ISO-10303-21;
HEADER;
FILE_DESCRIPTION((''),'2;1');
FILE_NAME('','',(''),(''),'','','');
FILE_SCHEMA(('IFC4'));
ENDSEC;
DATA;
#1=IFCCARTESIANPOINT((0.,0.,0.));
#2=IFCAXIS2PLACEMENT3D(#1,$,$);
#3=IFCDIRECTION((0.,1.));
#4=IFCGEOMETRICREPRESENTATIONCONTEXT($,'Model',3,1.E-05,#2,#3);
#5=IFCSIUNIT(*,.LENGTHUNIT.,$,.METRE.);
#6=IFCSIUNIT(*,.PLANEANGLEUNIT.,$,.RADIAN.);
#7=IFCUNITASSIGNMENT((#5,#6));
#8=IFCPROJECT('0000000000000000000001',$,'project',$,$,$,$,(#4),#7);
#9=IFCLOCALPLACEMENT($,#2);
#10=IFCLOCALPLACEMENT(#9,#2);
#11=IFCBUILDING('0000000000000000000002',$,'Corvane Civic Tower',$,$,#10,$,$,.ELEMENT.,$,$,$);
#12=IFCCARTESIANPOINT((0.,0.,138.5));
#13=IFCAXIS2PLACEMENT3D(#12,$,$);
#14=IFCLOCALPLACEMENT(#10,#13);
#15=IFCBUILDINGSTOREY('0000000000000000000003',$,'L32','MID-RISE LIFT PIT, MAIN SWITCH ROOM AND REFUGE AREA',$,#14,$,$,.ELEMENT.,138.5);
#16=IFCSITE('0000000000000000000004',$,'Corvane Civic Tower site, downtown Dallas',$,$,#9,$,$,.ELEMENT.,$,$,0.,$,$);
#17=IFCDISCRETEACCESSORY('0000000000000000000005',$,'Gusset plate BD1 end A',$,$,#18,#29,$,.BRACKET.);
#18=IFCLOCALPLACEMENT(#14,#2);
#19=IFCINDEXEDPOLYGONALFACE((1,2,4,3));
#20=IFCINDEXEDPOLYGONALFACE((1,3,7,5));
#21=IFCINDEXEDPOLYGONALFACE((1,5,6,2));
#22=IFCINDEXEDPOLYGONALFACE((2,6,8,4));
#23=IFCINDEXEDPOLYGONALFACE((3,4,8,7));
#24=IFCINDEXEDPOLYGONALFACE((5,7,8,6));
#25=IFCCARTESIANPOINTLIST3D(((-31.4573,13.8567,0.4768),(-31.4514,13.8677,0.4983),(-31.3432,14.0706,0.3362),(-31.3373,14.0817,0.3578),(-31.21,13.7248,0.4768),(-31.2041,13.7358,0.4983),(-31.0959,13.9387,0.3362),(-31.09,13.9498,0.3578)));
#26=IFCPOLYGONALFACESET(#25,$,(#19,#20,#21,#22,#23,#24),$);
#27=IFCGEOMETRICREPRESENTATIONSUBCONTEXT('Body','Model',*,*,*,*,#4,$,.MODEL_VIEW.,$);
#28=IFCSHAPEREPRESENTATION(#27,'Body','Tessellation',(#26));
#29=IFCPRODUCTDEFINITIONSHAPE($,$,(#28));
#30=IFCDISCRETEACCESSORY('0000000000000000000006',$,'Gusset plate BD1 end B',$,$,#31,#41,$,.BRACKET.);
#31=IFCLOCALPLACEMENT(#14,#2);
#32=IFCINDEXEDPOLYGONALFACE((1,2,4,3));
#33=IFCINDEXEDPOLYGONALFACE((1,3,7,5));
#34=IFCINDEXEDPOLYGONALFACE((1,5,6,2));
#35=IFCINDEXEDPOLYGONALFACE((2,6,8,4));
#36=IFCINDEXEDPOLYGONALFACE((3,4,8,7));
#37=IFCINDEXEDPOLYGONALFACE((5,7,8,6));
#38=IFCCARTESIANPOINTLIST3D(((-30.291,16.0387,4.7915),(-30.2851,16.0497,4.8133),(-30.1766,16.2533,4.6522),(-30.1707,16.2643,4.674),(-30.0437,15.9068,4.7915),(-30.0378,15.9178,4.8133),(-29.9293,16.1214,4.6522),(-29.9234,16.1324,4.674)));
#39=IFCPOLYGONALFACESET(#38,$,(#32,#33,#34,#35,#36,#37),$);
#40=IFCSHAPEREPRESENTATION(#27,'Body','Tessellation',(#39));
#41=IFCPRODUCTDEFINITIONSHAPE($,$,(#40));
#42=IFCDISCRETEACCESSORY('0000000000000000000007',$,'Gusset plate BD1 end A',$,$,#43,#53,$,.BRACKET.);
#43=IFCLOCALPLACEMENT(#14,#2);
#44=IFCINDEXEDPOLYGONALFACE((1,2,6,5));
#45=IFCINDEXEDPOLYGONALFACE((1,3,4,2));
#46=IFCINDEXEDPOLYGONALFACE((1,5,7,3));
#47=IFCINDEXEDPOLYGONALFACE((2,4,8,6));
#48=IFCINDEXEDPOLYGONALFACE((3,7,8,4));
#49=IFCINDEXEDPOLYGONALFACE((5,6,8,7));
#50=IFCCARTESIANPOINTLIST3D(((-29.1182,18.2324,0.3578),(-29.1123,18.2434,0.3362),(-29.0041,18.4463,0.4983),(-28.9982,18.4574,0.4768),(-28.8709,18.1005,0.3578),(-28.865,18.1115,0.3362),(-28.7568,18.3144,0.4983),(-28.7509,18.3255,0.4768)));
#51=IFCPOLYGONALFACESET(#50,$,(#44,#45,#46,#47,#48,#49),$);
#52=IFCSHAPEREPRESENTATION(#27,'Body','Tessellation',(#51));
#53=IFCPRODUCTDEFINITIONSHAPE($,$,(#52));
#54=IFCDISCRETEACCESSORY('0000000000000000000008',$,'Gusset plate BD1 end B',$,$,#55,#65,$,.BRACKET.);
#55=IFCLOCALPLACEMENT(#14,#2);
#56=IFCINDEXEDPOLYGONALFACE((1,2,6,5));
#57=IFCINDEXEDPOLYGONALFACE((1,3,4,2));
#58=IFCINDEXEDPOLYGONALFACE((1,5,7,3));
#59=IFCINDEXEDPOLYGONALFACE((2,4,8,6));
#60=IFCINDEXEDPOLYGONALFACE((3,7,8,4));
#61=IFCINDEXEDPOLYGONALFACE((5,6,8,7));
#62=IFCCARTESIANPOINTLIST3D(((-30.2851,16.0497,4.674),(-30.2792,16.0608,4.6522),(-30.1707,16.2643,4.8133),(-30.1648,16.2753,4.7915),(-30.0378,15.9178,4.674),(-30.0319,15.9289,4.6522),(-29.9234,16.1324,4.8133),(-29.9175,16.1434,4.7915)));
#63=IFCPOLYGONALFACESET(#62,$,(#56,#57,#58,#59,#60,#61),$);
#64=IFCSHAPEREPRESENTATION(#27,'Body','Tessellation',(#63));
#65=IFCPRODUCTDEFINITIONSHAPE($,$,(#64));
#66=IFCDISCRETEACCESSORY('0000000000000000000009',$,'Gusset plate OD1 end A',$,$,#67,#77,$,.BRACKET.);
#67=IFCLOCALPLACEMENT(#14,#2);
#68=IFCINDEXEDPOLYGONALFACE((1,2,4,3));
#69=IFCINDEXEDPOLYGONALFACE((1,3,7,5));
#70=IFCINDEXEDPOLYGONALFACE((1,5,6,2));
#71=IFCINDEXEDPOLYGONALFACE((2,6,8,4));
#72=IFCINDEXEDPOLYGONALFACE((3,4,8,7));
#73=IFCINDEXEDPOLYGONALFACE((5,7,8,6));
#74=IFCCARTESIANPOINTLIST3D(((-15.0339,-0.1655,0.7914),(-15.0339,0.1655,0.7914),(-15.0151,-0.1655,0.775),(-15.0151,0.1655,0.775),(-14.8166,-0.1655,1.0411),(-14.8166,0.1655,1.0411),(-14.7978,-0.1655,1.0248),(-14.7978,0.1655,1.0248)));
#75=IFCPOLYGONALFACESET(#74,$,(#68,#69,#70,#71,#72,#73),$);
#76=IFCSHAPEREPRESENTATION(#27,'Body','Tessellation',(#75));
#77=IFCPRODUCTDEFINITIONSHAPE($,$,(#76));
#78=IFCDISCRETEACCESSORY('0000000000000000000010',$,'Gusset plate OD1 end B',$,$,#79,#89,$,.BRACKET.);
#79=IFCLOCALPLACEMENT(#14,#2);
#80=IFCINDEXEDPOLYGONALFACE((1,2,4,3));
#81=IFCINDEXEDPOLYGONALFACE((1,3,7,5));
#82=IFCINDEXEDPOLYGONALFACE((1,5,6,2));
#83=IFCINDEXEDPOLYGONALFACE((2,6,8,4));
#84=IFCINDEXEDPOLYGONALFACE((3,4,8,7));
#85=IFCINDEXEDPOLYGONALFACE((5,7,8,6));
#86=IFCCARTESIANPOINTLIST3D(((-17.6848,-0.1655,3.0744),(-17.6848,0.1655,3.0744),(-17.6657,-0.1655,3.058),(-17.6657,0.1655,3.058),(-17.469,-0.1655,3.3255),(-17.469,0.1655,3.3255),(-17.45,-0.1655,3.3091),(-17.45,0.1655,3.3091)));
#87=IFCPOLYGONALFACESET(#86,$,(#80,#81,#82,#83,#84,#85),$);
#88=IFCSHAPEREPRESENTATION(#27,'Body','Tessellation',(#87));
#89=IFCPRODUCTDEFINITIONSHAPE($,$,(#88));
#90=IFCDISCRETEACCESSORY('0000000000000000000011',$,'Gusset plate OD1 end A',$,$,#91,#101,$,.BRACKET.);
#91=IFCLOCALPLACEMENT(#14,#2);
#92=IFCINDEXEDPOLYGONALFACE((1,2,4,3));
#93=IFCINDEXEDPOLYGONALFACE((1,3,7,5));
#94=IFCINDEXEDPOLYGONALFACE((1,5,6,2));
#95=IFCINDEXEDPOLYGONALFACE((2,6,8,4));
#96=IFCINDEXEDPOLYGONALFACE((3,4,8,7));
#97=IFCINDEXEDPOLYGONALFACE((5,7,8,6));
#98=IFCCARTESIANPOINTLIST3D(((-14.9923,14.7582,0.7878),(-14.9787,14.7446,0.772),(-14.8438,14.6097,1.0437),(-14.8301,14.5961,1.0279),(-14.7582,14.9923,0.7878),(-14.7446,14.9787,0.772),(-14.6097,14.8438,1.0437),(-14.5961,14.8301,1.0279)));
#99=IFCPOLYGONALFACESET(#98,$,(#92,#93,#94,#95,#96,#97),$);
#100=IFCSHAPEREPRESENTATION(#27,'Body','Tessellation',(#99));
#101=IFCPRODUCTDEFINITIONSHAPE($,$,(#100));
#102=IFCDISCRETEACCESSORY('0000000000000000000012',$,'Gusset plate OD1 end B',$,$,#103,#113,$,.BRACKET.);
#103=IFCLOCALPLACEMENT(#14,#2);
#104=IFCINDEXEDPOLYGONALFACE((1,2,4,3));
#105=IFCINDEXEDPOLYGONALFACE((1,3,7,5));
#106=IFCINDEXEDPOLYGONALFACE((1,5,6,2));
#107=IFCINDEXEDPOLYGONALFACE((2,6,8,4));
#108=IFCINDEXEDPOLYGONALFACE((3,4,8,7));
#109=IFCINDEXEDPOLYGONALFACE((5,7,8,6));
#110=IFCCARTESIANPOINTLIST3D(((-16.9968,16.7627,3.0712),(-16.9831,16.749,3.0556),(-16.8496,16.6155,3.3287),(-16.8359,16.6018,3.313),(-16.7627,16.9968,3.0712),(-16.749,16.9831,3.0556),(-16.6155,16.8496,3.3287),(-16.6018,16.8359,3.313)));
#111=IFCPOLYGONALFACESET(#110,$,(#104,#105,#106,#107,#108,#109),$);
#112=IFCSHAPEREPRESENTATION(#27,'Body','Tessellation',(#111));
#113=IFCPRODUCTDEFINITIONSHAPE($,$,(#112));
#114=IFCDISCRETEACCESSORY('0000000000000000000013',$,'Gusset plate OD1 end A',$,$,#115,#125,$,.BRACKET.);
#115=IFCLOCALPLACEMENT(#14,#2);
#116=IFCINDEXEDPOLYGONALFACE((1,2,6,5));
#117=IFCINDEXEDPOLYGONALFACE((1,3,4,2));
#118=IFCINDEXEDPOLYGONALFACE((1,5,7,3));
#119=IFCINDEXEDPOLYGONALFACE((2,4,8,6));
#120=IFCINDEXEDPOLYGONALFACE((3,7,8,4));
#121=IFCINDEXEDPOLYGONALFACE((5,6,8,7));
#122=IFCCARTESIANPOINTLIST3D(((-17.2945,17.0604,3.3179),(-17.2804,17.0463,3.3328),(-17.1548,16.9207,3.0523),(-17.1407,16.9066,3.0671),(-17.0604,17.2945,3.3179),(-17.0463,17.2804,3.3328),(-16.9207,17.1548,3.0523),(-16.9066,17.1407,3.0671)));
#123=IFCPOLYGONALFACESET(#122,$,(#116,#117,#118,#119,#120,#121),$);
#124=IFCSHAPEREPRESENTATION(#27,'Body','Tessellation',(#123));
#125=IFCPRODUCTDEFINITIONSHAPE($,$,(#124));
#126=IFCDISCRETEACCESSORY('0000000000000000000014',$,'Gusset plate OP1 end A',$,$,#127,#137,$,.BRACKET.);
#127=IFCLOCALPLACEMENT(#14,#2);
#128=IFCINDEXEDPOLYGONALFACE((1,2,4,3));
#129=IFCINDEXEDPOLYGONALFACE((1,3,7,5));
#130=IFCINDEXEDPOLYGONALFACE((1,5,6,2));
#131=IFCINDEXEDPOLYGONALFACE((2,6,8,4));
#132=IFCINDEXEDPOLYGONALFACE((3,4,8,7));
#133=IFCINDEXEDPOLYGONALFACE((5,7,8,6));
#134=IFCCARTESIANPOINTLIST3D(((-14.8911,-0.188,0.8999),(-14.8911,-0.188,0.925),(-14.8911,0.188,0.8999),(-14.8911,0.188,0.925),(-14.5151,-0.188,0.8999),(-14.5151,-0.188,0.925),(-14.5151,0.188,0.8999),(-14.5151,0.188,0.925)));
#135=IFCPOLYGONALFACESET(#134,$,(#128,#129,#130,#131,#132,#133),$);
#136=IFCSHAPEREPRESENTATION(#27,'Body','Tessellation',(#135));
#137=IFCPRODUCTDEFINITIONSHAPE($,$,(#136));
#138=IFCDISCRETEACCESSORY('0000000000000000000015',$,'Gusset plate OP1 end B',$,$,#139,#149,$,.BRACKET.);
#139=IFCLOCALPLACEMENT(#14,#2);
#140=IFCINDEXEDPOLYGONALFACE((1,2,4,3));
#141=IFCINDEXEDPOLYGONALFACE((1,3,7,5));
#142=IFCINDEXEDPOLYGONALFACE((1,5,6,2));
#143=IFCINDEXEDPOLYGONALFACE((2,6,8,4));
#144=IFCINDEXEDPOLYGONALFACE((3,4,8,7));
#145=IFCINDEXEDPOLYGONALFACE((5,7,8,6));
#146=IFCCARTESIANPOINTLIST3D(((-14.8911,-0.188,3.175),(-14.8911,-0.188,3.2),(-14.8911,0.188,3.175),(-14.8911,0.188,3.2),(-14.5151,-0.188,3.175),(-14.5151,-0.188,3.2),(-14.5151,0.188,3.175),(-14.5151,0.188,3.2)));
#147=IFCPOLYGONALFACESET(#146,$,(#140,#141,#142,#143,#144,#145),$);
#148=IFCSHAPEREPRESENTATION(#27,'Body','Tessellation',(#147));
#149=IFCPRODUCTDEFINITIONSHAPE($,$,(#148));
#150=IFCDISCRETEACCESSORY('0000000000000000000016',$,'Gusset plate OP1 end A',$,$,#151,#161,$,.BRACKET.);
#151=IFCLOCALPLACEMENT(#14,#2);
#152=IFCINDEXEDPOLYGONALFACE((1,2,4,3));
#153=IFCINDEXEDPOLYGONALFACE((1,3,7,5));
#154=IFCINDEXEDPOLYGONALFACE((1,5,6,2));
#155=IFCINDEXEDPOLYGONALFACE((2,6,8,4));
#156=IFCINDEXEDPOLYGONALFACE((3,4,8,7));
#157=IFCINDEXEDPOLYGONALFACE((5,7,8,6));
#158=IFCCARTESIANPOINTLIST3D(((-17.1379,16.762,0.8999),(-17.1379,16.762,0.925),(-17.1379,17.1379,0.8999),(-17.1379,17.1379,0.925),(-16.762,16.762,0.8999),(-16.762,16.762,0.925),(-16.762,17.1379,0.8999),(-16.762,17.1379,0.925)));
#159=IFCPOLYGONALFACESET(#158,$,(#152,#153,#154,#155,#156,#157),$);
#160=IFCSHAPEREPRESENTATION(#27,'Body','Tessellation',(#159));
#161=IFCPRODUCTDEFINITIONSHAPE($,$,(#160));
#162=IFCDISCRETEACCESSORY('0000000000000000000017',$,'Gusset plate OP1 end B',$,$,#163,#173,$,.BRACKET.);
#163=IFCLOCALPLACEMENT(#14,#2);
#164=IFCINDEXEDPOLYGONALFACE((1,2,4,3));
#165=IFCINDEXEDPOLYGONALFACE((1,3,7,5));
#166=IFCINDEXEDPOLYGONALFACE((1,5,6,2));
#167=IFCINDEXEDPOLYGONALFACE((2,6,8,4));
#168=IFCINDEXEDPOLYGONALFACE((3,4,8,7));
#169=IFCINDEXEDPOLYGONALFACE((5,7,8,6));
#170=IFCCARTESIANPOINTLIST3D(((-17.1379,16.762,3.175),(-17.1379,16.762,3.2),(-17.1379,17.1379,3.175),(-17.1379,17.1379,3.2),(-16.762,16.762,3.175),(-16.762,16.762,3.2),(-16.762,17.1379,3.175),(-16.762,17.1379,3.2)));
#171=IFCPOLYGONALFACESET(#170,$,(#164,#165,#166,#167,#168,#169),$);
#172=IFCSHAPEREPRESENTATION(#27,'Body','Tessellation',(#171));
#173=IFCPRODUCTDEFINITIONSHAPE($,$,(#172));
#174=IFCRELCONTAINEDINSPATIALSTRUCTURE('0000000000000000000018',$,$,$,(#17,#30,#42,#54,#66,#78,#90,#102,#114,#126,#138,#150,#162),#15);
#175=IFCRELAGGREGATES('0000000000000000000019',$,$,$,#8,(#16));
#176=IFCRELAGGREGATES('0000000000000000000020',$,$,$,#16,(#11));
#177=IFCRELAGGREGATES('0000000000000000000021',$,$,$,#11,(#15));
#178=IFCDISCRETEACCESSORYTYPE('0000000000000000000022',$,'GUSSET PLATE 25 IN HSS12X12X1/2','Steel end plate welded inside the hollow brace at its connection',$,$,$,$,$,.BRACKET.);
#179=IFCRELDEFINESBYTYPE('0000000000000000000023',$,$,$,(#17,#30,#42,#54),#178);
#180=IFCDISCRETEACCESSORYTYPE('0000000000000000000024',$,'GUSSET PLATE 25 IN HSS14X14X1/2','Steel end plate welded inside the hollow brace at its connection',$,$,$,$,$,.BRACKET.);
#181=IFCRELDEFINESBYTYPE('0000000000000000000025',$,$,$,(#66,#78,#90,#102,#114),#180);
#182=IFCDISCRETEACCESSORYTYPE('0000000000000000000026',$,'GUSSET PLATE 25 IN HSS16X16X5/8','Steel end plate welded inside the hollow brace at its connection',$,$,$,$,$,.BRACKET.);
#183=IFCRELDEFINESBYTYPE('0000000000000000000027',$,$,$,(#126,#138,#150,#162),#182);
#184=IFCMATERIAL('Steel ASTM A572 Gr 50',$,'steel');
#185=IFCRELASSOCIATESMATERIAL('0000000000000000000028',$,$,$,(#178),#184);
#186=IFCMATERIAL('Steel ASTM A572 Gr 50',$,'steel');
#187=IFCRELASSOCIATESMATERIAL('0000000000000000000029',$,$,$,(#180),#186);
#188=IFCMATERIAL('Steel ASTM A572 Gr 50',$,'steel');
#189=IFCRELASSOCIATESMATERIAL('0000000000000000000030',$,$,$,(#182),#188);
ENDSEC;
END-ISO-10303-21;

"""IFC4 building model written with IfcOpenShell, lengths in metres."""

from ifc_helpers import new_model, si_unit, direction, frame, origin, origin_2d, place, context, subcontext, project, spatial, rectangle, extrude, material, material_profile, profile_set, type_object, element, save


model = new_model("IFC4")

# Units and contexts
model_context = context("Model", 3, precision=1e-05, world=origin(), true_north=direction((0.0, 1.0)))
body_context = subcontext(model_context, "Body", "Model", "MODEL_VIEW")
ifc_project = project(units=[si_unit("LENGTHUNIT", "METRE"), si_unit("PLANEANGLEUNIT", "RADIAN")], contexts=[model_context])

# Site, building, storey
site_placement = place(None, origin())
site = spatial("IfcSite", under=ifc_project, at=site_placement, Name="Corvane Civic Tower site, downtown Dallas", CompositionType="ELEMENT", RefElevation=0.0)
building_placement = place(site_placement, origin())
building = spatial("IfcBuilding", under=site, at=building_placement, Name="Corvane Civic Tower", CompositionType="ELEMENT")
storey_placement = place(building_placement, frame((0.0, 0.0, 138.5)))
storey = spatial("IfcBuildingStorey", under=building, at=storey_placement, Name="L32", Description="MID-RISE LIFT PIT, MAIN SWITCH ROOM AND REFUGE AREA", CompositionType="ELEMENT", Elevation=138.5)

# Discrete accessories
ifc_material_1 = material(Name="Steel ASTM A572 Gr 50", Category="steel")
ifc_material_profile_1 = material_profile(ifc_material_1, rectangle(XDim=0.2803, YDim=0.2803, at=origin_2d()), Name="GUSSET PLATE 25 IN HSS12X12X1/2")
ifc_profile_set_1 = profile_set([ifc_material_profile_1], Name="Steel ASTM A572 Gr 50")
discrete_accessory_type_1 = type_object("IfcDiscreteAccessoryType", Name="GUSSET PLATE 25 IN HSS12X12X1/2", Description="Steel end plate welded inside the hollow brace at its connection", PredefinedType="BRACKET", material=ifc_profile_set_1)
discrete_accessory_1_placement = place(storey_placement, frame((-31.2766, 13.8977, 0.4065), z_axis=(0.235964, 0.442433, 0.865202), x_axis=(-0.882353, 0.470588, 0.0)))
element("IfcDiscreteAccessory", 1, at=discrete_accessory_1_placement, inside=storey, type_object=discrete_accessory_type_1, Name="Gusset plate BD1 end A", PredefinedType="BRACKET", context=body_context, shape_type="SweptSolid", body=[
    extrude(rectangle(XDim=0.2803, YDim=0.2803, at=origin_2d()), origin(), (0.0, 0.0, 1.0), 0.0249),
])
discrete_accessory_2_placement = place(storey_placement, frame((-30.1042, 16.0911, 4.7437), z_axis=(-0.233971, -0.438696, -0.867643), x_axis=(0.882353, -0.470588, 0.0)))
element("IfcDiscreteAccessory", 2, at=discrete_accessory_2_placement, inside=storey, type_object=discrete_accessory_type_1, Name="Gusset plate BD1 end B", PredefinedType="BRACKET", context=body_context, shape_type="SweptSolid", body=[
    extrude(rectangle(XDim=0.2803, YDim=0.2803, at=origin_2d()), origin(), (0.0, 0.0, 1.0), 0.0251),
])
discrete_accessory_3_placement = place(storey_placement, frame((-28.9316, 18.2844, 0.4065), z_axis=(-0.235964, -0.442433, 0.865202), x_axis=(0.882353, -0.470588, 0.0)))
element("IfcDiscreteAccessory", 3, at=discrete_accessory_3_placement, inside=storey, type_object=discrete_accessory_type_1, Name="Gusset plate BD1 end A", PredefinedType="BRACKET", context=body_context, shape_type="SweptSolid", body=[
    extrude(rectangle(XDim=0.2803, YDim=0.2803, at=origin_2d()), origin(), (0.0, 0.0, 1.0), 0.0249),
])
discrete_accessory_4_placement = place(storey_placement, frame((-30.1042, 16.0911, 4.7437), z_axis=(0.233971, 0.438696, -0.867643), x_axis=(-0.882353, 0.470588, 0.0)))
element("IfcDiscreteAccessory", 4, at=discrete_accessory_4_placement, inside=storey, type_object=discrete_accessory_type_1, Name="Gusset plate BD1 end B", PredefinedType="BRACKET", context=body_context, shape_type="SweptSolid", body=[
    extrude(rectangle(XDim=0.2803, YDim=0.2803, at=origin_2d()), origin(), (0.0, 0.0, 1.0), 0.0251),
])
ifc_material_2 = material(Name="Steel ASTM A572 Gr 50", Category="steel")
ifc_material_profile_2 = material_profile(ifc_material_2, rectangle(XDim=0.3311, YDim=0.3311, at=origin_2d()), Name="GUSSET PLATE 25 IN HSS14X14X1/2")
ifc_profile_set_2 = profile_set([ifc_material_profile_2], Name="Steel ASTM A572 Gr 50")
discrete_accessory_type_2 = type_object("IfcDiscreteAccessoryType", Name="GUSSET PLATE 25 IN HSS14X14X1/2", Description="Steel end plate welded inside the hollow brace at its connection", PredefinedType="BRACKET", material=ifc_profile_set_2)
discrete_accessory_5_placement = place(storey_placement, frame((-14.9065, 0.0, 0.8999), z_axis=(-0.754395, 0.0, 0.656421), x_axis=(0.0, -1.0, 0.0)))
element("IfcDiscreteAccessory", 5, at=discrete_accessory_5_placement, inside=storey, type_object=discrete_accessory_type_2, Name="Gusset plate OD1 end A", PredefinedType="BRACKET", context=body_context, shape_type="SweptSolid", body=[
    extrude(rectangle(XDim=0.3311, YDim=0.3311, at=origin_2d()), origin(), (0.0, 0.0, 1.0), 0.0249),
])
discrete_accessory_6_placement = place(storey_placement, frame((-17.5769, 0.0, 3.2), z_axis=(0.75857, 0.0, -0.651592), x_axis=(0.0, 1.0, 0.0)))
element("IfcDiscreteAccessory", 6, at=discrete_accessory_6_placement, inside=storey, type_object=discrete_accessory_type_2, Name="Gusset plate OD1 end B", PredefinedType="BRACKET", context=body_context, shape_type="SweptSolid", body=[
    extrude(rectangle(XDim=0.3311, YDim=0.3311, at=origin_2d()), origin(), (0.0, 0.0, 1.0), 0.0251),
])
for number, where, z_axis, x_axis, name in (
    (7, (-14.7874, 14.7874, 0.8999), (-0.546582, 0.546582, 0.634426), (-0.707107, -0.707107, 0.0), "Gusset plate OD1 end A"),
    (8, (-16.8062, 16.8062, 3.2), (0.549972, -0.549972, -0.628539), (0.707107, 0.707107, 0.0), "Gusset plate OD1 end B"),
    (9, (-17.0935, 17.0935, 3.2), (-0.567402, 0.567402, -0.59675), (-0.707107, -0.707107, 0.0), "Gusset plate OD1 end A"),
):
    element("IfcDiscreteAccessory", number, at=place(storey_placement, frame(where, z_axis=z_axis, x_axis=x_axis)), inside=storey, type_object=discrete_accessory_type_2, Name=name, PredefinedType="BRACKET", context=body_context, shape_type="SweptSolid", body=[
        extrude(rectangle(XDim=0.3311, YDim=0.3311, at=origin_2d()), origin(), (0.0, 0.0, 1.0), 0.0249),
    ])
ifc_material_3 = material(Name="Steel ASTM A572 Gr 50", Category="steel")
ifc_material_profile_3 = material_profile(ifc_material_3, rectangle(XDim=0.376, YDim=0.376, at=origin_2d()), Name="GUSSET PLATE 25 IN HSS16X16X5/8")
ifc_profile_set_3 = profile_set([ifc_material_profile_3], Name="Steel ASTM A572 Gr 50")
discrete_accessory_type_3 = type_object("IfcDiscreteAccessoryType", Name="GUSSET PLATE 25 IN HSS16X16X5/8", Description="Steel end plate welded inside the hollow brace at its connection", PredefinedType="BRACKET", material=ifc_profile_set_3)
discrete_accessory_7_placement = place(storey_placement, frame((-14.7031, 0.0, 0.8999), z_axis=(0.0, 0.0, 1.0), x_axis=(1.0, 0.0, 0.0)))
element("IfcDiscreteAccessory", 10, at=discrete_accessory_7_placement, inside=storey, type_object=discrete_accessory_type_3, Name="Gusset plate OP1 end A", PredefinedType="BRACKET", context=body_context, shape_type="SweptSolid", body=[
    extrude(rectangle(XDim=0.376, YDim=0.376, at=origin_2d()), origin(), (0.0, 0.0, 1.0), 0.0251),
])
discrete_accessory_8_placement = place(storey_placement, frame((-14.7031, 0.0, 3.2), z_axis=(0.0, 0.0, -1.0), x_axis=(1.0, 0.0, 0.0)))
element("IfcDiscreteAccessory", 11, at=discrete_accessory_8_placement, inside=storey, type_object=discrete_accessory_type_3, Name="Gusset plate OP1 end B", PredefinedType="BRACKET", context=body_context, shape_type="SweptSolid", body=[
    extrude(rectangle(XDim=0.376, YDim=0.376, at=origin_2d()), origin(), (0.0, 0.0, 1.0), 0.0249),
])
discrete_accessory_9_placement = place(storey_placement, frame((-16.95, 16.95, 0.8999), z_axis=(0.0, 0.0, 1.0), x_axis=(1.0, 0.0, 0.0)))
element("IfcDiscreteAccessory", 12, at=discrete_accessory_9_placement, inside=storey, type_object=discrete_accessory_type_3, Name="Gusset plate OP1 end A", PredefinedType="BRACKET", context=body_context, shape_type="SweptSolid", body=[
    extrude(rectangle(XDim=0.376, YDim=0.376, at=origin_2d()), origin(), (0.0, 0.0, 1.0), 0.0251),
])
discrete_accessory_10_placement = place(storey_placement, frame((-16.95, 16.95, 3.2), z_axis=(0.0, 0.0, -1.0), x_axis=(1.0, 0.0, 0.0)))
element("IfcDiscreteAccessory", 13, at=discrete_accessory_10_placement, inside=storey, type_object=discrete_accessory_type_3, Name="Gusset plate OP1 end B", PredefinedType="BRACKET", context=body_context, shape_type="SweptSolid", body=[
    extrude(rectangle(XDim=0.376, YDim=0.376, at=origin_2d()), origin(), (0.0, 0.0, 1.0), 0.0249),
])

save(model, "model.ifc")
